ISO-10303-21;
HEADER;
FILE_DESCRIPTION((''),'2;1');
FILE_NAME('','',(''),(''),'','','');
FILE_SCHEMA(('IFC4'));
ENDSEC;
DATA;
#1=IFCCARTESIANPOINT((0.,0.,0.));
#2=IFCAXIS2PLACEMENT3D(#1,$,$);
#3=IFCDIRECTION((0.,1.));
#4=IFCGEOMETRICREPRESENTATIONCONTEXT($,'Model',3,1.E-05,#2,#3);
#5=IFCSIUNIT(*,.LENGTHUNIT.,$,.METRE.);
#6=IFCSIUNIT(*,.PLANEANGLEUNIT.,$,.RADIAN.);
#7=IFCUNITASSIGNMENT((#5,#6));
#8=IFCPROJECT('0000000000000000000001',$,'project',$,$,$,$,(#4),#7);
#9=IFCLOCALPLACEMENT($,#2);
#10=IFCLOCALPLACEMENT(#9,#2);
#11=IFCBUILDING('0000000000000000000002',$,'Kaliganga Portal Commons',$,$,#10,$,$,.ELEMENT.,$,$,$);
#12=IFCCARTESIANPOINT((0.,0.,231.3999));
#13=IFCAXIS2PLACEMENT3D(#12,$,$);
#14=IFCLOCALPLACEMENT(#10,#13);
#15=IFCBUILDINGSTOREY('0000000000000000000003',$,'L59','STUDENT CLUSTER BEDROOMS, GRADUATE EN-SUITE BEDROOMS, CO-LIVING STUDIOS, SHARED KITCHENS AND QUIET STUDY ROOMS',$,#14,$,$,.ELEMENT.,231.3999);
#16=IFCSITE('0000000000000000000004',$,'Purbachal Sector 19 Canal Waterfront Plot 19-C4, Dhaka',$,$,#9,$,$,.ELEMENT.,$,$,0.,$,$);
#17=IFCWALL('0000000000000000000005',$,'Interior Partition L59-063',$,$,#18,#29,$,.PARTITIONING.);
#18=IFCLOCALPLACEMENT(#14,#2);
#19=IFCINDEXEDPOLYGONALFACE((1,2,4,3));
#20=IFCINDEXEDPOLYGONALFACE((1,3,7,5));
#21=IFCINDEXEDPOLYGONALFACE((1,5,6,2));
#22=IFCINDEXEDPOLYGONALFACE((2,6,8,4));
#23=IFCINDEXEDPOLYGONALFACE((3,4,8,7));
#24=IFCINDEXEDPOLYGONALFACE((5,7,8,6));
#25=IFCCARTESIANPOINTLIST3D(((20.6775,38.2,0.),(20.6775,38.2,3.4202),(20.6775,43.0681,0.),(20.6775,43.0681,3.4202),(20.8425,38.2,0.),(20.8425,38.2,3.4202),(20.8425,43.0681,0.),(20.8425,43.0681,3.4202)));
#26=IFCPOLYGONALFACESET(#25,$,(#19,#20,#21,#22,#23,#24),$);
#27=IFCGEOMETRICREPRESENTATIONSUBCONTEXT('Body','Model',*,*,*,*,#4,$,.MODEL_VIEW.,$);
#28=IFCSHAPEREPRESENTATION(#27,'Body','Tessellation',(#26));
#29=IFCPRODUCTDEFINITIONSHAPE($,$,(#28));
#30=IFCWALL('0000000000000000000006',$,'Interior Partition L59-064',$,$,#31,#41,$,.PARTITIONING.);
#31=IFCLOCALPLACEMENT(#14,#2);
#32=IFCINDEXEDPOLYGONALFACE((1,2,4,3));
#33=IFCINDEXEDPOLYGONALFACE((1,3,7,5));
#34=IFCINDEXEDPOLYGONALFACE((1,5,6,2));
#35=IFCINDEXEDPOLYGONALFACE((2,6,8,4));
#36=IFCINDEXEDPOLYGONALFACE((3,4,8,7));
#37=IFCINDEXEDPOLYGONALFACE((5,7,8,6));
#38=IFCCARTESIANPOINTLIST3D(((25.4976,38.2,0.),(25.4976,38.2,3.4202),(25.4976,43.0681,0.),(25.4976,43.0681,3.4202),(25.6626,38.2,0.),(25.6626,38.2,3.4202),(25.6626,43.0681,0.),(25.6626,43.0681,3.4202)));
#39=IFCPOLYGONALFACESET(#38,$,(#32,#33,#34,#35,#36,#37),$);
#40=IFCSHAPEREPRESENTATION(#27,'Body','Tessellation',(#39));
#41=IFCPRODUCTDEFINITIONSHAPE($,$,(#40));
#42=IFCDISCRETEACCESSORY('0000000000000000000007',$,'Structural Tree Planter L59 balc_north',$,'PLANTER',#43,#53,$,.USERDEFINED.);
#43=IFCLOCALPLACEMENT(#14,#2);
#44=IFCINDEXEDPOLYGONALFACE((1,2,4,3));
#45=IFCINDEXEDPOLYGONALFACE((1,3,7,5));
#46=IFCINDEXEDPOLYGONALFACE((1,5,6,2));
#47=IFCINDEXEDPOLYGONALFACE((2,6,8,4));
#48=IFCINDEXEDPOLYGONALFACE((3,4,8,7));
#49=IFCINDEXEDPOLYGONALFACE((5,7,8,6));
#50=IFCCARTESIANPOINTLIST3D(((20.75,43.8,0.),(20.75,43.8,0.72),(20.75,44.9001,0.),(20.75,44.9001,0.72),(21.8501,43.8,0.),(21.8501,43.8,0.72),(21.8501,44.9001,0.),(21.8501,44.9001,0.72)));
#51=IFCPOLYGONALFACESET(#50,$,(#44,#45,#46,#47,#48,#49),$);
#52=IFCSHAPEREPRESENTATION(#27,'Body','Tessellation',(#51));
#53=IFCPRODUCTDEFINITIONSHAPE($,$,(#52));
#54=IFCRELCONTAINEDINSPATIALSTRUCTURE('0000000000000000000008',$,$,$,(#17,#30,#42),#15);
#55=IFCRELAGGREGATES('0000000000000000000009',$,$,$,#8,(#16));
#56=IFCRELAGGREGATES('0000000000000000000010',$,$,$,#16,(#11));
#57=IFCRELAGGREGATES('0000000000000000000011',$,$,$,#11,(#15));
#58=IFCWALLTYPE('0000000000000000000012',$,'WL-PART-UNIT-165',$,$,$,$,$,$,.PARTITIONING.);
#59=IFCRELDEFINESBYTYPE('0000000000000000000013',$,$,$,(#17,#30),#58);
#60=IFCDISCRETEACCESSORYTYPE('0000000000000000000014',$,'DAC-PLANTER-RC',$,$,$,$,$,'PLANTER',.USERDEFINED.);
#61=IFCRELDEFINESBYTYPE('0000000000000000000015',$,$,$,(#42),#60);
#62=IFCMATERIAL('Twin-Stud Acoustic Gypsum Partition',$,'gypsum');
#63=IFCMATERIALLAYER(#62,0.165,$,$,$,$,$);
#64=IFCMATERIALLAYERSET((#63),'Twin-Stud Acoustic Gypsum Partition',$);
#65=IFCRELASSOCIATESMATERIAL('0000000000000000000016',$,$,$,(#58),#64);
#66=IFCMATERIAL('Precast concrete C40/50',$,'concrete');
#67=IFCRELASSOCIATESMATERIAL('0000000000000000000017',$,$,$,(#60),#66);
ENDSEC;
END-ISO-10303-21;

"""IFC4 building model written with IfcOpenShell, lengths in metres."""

from ifc_helpers import new_model, si_unit, direction, frame, frame_2d, origin, origin_2d, place, context, subcontext, project, spatial, rectangle, extrude, source, transform, mapped, material, layer, layer_set, type_object, element, save


model = new_model("IFC4")

# Units and contexts
model_context = context("Model", 3, precision=1e-05, world=origin(), true_north=direction((0.0, 1.0)))
body_context = subcontext(model_context, "Body", "Model", "MODEL_VIEW")
ifc_project = project(units=[si_unit("LENGTHUNIT", "METRE"), si_unit("PLANEANGLEUNIT", "RADIAN")], contexts=[model_context])

# Site, building, storey
site_placement = place(None, origin())
site = spatial("IfcSite", under=ifc_project, at=site_placement, Name="Purbachal Sector 19 Canal Waterfront Plot 19-C4, Dhaka", CompositionType="ELEMENT", RefElevation=0.0)
building_placement = place(site_placement, origin())
building = spatial("IfcBuilding", under=site, at=building_placement, Name="Kaliganga Portal Commons", CompositionType="ELEMENT")
storey_placement = place(building_placement, frame((0.0, 0.0, 231.3999)))
storey = spatial("IfcBuildingStorey", under=building, at=storey_placement, Name="L59", Description="STUDENT CLUSTER BEDROOMS, GRADUATE EN-SUITE BEDROOMS, CO-LIVING STUDIOS, SHARED KITCHENS AND QUIET STUDY ROOMS", CompositionType="ELEMENT", Elevation=231.3999)

# Walls
ifc_material_1 = material(Name="Twin-Stud Acoustic Gypsum Partition", Category="gypsum")
ifc_layer_1 = layer(ifc_material_1, 0.165)
ifc_layer_set_1 = layer_set([ifc_layer_1], Name="Twin-Stud Acoustic Gypsum Partition")
wall_type_1 = type_object("IfcWallType", Name="WL-PART-UNIT-165", PredefinedType="PARTITIONING", material=ifc_layer_set_1)
for number, where, z_axis, x_axis, name in (
    (1, (20.76, 38.2, 0.0), (0.0, 0.0, 1.0), (0.0, 1.0, 0.0), "Interior Partition L59-063"),
    (2, (25.5801, 38.2, 0.0), (0.0, 0.0, 1.0), (0.0, 1.0, 0.0), "Interior Partition L59-064"),
):
    element("IfcWall", number, at=place(storey_placement, frame(where, z_axis=z_axis, x_axis=x_axis)), inside=storey, type_object=wall_type_1, Name=name, PredefinedType="PARTITIONING", context=body_context, shape_type="SweptSolid", body=[
        extrude(rectangle(XDim=4.8682, YDim=0.165, at=frame_2d((2.4341, 0.0))), origin(), (0.0, 0.0, 1.0), 3.4202),
    ])

# Discrete accessory
ifc_material_2 = material(Name="Precast concrete C40/50", Category="concrete")
discrete_accessory_type = type_object("IfcDiscreteAccessoryType", Name="DAC-PLANTER-RC", ElementType="PLANTER", PredefinedType="USERDEFINED", material=ifc_material_2)
shared_shape_1 = source(origin(), body_context, "Body", "SweptSolid", [
    extrude(rectangle(XDim=1.1001, YDim=1.1001, at=origin_2d()), origin(), (0.0, 0.0, 1.0), 0.72),
])
discrete_accessory_placement = place(storey_placement, frame((21.3, 44.3501, 0.0), z_axis=(0.0, 0.0, 1.0), x_axis=(1.0, 0.0, 0.0)))
element("IfcDiscreteAccessory", 3, at=discrete_accessory_placement, inside=storey, type_object=discrete_accessory_type, Name="Structural Tree Planter L59 balc_north", ObjectType="PLANTER", PredefinedType="USERDEFINED", context=body_context, shape_type="MappedRepresentation", body=[
    mapped(shared_shape_1, transform((0.0, 0.0, 0.0), x_axis=(1.0, 0.0, 0.0), y_axis=(0.0, 1.0, 0.0), z_axis=(0.0, 0.0, 1.0), scale=1.0)),
])

save(model, "model.ifc")
